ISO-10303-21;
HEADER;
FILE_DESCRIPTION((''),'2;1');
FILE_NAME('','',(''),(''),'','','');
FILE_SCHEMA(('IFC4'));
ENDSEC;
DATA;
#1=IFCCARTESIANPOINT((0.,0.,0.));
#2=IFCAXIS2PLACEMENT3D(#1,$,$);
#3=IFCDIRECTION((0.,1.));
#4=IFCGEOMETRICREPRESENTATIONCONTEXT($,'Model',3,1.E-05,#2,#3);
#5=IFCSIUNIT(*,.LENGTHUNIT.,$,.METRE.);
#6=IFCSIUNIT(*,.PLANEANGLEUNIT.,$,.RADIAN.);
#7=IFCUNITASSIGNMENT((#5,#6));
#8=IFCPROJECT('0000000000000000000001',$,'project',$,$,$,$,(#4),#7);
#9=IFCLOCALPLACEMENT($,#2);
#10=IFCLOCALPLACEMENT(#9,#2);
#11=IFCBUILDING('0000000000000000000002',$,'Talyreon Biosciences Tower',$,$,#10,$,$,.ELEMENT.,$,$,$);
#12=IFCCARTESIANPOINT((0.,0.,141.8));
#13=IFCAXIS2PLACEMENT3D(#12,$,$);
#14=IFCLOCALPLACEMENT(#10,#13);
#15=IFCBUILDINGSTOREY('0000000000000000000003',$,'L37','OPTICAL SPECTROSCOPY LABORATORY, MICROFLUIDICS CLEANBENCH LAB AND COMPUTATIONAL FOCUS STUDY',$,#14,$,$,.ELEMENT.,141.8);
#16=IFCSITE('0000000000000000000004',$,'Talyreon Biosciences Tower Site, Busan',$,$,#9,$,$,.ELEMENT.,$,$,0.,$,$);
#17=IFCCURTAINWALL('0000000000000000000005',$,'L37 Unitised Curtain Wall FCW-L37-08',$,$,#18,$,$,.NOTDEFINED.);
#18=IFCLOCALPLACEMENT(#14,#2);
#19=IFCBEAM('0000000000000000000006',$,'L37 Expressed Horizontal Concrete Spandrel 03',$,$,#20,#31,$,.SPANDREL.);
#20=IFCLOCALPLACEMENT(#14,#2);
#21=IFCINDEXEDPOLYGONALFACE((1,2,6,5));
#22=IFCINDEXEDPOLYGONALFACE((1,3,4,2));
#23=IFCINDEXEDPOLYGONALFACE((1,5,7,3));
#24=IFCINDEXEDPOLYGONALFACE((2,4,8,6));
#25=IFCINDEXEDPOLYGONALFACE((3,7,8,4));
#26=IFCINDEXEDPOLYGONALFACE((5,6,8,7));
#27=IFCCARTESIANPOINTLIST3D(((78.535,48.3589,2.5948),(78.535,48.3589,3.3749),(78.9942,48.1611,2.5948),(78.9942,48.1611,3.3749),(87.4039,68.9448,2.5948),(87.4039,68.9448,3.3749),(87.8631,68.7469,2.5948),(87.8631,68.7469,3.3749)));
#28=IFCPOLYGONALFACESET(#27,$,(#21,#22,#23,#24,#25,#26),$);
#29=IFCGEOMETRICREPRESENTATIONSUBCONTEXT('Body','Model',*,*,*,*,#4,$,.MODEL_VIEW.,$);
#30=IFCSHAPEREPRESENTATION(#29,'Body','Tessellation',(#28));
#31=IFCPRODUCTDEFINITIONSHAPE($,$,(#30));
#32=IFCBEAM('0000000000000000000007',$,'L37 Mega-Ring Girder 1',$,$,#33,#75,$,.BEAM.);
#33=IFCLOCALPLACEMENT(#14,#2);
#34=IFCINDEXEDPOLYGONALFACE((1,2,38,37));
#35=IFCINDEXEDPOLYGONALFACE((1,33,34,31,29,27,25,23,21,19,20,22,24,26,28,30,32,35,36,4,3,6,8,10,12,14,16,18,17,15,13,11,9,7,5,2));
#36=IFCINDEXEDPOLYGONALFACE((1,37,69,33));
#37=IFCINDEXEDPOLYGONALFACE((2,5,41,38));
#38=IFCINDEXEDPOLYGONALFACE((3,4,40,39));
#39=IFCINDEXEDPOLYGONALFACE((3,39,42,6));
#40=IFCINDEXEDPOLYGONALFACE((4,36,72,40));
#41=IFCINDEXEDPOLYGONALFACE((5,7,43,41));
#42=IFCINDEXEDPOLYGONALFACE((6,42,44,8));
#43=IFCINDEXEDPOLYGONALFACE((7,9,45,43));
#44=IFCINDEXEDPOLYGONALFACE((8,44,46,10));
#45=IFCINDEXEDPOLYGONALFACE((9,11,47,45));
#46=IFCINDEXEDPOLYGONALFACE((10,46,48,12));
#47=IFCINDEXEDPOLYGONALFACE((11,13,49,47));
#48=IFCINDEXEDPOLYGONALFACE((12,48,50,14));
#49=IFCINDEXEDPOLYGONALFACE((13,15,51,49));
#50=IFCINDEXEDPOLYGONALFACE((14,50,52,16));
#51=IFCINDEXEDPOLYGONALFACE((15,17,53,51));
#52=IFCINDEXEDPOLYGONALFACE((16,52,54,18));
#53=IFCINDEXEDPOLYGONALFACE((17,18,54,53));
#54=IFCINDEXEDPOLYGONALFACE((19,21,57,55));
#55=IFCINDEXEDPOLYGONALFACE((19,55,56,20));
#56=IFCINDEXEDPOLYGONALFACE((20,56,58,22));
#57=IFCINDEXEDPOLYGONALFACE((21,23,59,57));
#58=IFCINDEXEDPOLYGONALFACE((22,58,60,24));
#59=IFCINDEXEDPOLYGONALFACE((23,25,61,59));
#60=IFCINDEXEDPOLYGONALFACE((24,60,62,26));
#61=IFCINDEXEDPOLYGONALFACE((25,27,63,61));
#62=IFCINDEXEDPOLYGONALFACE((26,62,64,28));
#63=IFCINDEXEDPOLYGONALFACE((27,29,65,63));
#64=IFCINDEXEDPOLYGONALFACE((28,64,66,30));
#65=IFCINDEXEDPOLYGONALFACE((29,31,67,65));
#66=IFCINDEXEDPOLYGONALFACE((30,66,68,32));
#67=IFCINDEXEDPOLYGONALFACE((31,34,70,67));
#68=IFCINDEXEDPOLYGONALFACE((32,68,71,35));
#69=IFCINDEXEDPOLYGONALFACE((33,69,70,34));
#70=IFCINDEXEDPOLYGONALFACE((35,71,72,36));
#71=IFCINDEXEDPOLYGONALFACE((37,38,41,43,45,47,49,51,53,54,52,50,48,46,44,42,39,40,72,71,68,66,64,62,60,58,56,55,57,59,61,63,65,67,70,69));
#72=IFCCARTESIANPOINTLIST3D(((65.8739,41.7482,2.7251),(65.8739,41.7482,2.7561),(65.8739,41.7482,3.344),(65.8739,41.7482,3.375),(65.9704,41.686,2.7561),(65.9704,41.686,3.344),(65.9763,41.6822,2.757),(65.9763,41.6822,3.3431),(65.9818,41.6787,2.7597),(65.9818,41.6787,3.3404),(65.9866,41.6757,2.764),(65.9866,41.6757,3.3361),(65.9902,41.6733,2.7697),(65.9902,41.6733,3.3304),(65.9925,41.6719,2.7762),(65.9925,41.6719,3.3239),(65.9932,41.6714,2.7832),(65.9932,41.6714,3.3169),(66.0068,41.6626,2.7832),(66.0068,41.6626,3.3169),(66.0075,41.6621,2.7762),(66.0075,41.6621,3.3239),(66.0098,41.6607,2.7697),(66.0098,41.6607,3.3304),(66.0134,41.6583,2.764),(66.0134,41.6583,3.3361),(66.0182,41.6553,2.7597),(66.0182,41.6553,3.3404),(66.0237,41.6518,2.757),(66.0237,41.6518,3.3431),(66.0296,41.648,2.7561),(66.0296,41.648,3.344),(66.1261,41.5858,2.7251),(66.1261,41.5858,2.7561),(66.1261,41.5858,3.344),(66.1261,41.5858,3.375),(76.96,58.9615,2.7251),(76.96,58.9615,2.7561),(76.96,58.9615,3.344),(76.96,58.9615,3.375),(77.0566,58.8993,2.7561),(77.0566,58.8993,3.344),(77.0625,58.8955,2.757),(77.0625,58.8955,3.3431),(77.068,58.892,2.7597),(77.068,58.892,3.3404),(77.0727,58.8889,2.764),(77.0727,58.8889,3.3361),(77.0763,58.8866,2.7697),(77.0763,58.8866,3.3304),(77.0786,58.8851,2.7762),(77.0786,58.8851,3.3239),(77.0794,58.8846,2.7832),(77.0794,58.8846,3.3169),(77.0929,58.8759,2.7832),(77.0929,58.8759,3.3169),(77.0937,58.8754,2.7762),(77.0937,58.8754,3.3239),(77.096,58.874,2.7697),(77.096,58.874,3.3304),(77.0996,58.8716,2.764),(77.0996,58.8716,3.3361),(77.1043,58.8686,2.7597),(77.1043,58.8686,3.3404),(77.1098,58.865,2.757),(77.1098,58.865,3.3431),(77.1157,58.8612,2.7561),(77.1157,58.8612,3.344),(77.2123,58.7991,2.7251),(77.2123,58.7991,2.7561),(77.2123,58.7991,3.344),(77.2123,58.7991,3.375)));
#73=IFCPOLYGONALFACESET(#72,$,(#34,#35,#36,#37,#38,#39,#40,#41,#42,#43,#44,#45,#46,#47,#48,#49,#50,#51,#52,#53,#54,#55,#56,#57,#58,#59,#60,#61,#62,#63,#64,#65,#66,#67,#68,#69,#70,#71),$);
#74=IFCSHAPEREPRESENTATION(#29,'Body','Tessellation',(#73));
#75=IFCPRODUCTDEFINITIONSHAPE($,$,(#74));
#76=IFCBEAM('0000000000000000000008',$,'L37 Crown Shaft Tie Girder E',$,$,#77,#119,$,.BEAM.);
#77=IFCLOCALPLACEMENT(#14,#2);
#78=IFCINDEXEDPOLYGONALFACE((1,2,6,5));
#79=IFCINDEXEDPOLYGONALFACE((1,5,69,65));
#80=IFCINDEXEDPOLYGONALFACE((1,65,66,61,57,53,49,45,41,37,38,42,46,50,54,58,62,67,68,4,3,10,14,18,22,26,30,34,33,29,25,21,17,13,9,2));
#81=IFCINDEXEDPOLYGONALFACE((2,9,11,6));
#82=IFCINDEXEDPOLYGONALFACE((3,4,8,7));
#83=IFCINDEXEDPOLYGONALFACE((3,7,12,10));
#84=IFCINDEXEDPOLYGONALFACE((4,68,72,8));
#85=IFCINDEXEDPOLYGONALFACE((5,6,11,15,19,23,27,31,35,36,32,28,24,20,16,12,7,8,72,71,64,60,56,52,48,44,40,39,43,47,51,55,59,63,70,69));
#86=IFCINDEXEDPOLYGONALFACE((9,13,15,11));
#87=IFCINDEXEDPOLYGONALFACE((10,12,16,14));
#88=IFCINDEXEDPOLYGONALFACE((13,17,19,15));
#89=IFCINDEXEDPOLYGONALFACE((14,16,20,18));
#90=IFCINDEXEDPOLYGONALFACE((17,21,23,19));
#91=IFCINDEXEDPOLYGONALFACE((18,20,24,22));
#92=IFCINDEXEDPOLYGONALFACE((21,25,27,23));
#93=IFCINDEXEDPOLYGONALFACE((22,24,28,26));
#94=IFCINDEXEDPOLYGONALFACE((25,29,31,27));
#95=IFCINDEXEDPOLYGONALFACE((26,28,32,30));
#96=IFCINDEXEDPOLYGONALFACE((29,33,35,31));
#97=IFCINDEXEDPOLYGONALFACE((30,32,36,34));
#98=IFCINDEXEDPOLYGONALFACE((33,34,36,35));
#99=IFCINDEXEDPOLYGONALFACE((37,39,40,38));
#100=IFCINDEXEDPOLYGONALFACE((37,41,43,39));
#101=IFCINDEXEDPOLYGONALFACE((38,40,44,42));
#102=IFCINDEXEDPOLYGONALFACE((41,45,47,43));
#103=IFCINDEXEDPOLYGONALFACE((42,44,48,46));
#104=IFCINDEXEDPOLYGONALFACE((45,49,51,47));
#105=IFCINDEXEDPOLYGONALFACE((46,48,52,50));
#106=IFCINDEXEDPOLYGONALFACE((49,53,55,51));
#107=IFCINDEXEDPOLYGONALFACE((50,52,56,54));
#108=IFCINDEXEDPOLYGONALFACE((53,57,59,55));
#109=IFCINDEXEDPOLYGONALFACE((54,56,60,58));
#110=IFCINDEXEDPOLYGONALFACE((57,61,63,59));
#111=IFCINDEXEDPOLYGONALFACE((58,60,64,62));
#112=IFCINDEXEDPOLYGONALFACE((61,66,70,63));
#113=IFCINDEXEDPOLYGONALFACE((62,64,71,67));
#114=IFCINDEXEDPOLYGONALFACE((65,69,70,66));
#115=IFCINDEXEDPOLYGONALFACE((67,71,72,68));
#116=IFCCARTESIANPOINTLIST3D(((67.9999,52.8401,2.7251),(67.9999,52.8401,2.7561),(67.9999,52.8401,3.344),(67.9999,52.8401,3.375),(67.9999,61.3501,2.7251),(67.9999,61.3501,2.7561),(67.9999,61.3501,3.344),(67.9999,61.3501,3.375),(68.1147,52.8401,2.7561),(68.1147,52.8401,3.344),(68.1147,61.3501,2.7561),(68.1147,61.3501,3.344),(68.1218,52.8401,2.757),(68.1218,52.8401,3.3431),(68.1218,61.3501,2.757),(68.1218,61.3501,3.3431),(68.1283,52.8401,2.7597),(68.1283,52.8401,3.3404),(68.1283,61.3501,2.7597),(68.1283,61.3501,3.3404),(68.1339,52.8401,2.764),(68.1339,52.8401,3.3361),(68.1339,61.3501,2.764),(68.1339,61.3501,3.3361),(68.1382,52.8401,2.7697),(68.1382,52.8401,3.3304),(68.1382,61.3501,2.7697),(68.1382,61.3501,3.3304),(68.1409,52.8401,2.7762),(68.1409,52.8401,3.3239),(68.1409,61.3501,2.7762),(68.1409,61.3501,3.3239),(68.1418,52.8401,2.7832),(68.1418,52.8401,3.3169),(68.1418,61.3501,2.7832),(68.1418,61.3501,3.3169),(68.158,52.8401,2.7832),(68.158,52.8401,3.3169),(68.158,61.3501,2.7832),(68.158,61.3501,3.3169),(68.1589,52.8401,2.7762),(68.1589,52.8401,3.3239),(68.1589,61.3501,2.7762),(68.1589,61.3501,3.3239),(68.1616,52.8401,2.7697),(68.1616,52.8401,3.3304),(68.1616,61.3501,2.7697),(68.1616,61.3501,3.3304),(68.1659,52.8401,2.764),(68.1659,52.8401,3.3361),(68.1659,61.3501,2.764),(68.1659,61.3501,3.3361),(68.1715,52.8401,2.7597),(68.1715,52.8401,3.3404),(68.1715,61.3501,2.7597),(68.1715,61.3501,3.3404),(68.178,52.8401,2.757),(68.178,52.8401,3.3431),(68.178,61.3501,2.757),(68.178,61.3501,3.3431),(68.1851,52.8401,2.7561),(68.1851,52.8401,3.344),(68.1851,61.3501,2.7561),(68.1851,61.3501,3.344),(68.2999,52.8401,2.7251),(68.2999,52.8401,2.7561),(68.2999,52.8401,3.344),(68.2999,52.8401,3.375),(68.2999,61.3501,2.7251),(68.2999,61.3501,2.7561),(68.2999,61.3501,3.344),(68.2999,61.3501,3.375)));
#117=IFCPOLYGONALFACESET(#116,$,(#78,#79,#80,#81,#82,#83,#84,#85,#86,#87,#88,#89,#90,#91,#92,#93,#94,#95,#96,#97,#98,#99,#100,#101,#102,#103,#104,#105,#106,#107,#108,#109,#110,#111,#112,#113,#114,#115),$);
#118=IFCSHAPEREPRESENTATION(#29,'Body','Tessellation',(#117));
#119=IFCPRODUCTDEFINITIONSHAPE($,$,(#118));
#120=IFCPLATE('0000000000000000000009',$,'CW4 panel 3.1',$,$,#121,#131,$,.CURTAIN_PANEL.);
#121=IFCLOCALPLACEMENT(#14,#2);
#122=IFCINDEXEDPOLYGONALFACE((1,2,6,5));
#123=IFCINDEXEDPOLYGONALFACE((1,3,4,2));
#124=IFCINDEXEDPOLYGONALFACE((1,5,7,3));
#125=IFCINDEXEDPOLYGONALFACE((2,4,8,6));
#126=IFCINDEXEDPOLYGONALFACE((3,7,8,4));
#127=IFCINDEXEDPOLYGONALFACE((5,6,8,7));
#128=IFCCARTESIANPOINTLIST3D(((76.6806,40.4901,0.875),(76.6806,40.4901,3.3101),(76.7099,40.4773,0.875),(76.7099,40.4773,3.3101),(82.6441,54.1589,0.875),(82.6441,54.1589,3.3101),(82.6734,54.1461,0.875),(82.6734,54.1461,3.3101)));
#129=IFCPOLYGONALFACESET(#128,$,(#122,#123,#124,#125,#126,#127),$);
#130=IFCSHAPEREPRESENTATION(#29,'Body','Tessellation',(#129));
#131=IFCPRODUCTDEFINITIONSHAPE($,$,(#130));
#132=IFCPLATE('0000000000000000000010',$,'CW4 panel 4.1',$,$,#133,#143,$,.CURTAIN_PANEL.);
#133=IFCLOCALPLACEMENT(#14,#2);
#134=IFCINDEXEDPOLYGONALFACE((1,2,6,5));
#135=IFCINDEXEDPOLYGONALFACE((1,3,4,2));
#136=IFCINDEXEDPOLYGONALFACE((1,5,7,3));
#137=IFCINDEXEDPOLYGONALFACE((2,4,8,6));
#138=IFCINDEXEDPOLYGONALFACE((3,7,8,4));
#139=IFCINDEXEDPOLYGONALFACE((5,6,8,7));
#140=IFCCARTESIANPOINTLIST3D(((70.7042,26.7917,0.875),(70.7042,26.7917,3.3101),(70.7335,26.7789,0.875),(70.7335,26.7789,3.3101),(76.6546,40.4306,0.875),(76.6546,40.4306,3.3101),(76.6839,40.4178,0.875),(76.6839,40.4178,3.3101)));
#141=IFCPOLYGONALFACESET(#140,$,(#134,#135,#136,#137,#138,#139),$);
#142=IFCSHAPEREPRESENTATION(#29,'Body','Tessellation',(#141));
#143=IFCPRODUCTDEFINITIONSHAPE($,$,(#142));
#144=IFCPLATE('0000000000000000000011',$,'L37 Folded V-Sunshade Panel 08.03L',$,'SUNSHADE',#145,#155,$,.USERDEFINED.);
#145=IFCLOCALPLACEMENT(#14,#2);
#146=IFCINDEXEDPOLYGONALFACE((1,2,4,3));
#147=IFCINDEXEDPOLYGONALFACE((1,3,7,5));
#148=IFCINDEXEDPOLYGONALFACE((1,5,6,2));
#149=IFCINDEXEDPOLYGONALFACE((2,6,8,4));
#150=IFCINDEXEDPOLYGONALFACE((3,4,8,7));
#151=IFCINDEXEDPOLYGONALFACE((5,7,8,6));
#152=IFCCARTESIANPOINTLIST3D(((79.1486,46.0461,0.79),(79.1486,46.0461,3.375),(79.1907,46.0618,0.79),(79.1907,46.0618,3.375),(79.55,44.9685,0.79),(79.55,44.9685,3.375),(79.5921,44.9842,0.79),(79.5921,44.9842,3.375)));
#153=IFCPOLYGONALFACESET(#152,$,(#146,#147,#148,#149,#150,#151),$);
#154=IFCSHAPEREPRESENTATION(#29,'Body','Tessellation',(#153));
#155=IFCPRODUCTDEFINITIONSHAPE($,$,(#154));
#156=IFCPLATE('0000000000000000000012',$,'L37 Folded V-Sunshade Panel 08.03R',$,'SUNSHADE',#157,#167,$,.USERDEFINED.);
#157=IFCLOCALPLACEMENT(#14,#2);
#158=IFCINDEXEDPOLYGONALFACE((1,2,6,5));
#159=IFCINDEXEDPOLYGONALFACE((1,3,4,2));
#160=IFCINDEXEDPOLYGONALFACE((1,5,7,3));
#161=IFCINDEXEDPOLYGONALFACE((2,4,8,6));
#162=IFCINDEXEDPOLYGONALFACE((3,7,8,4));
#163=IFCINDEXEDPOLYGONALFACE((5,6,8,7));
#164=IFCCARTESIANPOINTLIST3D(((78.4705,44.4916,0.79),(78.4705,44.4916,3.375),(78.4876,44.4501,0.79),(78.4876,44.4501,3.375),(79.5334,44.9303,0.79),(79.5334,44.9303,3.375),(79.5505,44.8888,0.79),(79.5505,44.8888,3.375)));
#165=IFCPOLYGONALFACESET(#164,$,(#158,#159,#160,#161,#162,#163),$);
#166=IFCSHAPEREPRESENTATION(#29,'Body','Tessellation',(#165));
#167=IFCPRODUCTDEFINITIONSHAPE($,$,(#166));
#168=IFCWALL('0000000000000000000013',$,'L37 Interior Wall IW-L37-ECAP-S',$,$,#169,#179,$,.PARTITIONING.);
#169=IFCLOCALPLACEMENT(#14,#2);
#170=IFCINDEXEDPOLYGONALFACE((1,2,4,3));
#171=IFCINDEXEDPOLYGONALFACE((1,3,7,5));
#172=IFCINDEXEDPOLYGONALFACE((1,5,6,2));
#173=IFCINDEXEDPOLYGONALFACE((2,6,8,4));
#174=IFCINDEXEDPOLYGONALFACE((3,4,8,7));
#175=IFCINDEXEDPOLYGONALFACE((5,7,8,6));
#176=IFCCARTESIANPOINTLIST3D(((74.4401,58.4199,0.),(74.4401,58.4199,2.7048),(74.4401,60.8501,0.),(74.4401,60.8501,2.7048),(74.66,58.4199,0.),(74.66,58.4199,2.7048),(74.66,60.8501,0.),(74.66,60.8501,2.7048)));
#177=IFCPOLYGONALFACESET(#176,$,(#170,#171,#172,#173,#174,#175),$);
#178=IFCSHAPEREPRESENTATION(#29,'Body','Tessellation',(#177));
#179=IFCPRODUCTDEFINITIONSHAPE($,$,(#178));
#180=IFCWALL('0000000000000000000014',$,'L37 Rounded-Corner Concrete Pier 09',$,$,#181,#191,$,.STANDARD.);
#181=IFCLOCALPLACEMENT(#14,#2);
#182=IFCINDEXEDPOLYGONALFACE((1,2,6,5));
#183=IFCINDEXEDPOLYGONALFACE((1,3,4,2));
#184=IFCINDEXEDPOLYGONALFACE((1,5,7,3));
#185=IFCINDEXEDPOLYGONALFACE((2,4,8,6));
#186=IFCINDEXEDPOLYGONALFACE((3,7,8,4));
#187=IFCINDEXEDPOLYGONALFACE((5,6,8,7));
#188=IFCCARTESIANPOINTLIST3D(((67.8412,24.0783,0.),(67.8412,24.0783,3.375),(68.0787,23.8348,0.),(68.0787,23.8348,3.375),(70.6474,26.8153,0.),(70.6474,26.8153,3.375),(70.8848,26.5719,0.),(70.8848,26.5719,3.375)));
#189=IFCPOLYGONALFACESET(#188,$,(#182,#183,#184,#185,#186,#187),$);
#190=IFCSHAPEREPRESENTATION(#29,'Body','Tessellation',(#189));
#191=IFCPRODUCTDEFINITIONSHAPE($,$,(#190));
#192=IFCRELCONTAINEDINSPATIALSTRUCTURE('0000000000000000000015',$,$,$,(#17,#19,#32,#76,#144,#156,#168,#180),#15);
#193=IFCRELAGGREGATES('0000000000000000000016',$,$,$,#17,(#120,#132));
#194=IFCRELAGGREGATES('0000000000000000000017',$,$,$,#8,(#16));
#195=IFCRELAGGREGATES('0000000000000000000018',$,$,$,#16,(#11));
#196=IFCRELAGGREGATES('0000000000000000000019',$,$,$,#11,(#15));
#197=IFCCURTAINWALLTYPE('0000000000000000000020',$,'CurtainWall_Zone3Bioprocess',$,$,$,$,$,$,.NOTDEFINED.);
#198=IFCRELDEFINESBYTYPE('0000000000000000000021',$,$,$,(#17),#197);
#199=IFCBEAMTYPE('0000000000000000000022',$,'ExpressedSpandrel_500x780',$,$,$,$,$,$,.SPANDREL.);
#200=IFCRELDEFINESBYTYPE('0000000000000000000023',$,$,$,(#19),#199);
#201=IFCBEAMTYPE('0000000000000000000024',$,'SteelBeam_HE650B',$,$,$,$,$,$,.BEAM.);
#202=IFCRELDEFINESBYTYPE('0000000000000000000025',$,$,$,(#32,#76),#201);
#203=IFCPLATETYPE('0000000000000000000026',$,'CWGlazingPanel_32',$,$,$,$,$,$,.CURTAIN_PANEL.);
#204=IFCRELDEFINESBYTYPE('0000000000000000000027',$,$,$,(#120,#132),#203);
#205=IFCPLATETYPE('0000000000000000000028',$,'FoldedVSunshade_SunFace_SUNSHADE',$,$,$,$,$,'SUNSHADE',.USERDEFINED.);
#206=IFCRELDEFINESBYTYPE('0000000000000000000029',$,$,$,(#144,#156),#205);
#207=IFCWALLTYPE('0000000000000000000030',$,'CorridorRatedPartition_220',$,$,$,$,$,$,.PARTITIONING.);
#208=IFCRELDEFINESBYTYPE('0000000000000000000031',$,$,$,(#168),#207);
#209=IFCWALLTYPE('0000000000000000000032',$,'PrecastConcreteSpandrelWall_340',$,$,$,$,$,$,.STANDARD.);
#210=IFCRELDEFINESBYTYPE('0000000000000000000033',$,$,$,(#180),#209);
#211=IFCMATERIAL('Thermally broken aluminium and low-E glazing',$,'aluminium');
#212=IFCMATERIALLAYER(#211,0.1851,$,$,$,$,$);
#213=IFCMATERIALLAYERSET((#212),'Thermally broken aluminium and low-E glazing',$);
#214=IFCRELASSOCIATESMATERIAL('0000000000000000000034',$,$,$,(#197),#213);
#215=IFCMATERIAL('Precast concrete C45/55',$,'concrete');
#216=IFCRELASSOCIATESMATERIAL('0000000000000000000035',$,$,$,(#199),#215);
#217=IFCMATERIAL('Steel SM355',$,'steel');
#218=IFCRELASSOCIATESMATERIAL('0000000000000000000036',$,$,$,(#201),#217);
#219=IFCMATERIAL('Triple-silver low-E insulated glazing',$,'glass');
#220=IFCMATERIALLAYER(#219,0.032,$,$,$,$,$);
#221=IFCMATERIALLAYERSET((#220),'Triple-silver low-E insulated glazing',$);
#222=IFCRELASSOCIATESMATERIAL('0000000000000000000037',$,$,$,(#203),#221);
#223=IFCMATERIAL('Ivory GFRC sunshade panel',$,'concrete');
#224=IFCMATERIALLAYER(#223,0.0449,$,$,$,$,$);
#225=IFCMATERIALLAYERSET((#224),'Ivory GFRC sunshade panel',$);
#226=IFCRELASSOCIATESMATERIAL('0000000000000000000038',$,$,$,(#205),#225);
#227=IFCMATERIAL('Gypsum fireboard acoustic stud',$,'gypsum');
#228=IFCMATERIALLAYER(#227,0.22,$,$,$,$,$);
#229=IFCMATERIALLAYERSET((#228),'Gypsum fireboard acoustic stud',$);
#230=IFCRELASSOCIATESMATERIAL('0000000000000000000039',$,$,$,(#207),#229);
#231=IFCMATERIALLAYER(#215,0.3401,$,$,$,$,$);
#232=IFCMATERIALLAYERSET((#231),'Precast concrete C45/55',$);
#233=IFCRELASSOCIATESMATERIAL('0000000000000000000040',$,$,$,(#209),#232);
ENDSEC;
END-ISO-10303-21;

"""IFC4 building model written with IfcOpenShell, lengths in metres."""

from ifc_helpers import new_model, si_unit, direction, frame, frame_2d, origin, origin_2d, place, context, subcontext, project, spatial, rectangle, i_section, extrude, material, layer, layer_set, material_profile, profile_set, type_object, element, aggregate, save


model = new_model("IFC4")

# Units and contexts
model_context = context("Model", 3, precision=1e-05, world=origin(), true_north=direction((0.0, 1.0)))
body_context = subcontext(model_context, "Body", "Model", "MODEL_VIEW")
ifc_project = project(units=[si_unit("LENGTHUNIT", "METRE"), si_unit("PLANEANGLEUNIT", "RADIAN")], contexts=[model_context])

# Site, building, storey
site_placement = place(None, origin())
site = spatial("IfcSite", under=ifc_project, at=site_placement, Name="Talyreon Biosciences Tower Site, Busan", CompositionType="ELEMENT", RefElevation=0.0)
building_placement = place(site_placement, origin())
building = spatial("IfcBuilding", under=site, at=building_placement, Name="Talyreon Biosciences Tower", CompositionType="ELEMENT")
storey_placement = place(building_placement, frame((0.0, 0.0, 141.8)))
storey = spatial("IfcBuildingStorey", under=building, at=storey_placement, Name="L37", Description="OPTICAL SPECTROSCOPY LABORATORY, MICROFLUIDICS CLEANBENCH LAB AND COMPUTATIONAL FOCUS STUDY", CompositionType="ELEMENT", Elevation=141.8)

# Shared definitions
ifc_material_1 = material(Name="Precast concrete C45/55", Category="concrete")

# Curtain wall
ifc_material_2 = material(Name="Thermally broken aluminium and low-E glazing", Category="aluminium")
ifc_layer_1 = layer(ifc_material_2, 0.1851)
ifc_layer_set_1 = layer_set([ifc_layer_1], Name="Thermally broken aluminium and low-E glazing")
curtain_wall_type = type_object("IfcCurtainWallType", Name="CurtainWall_Zone3Bioprocess", PredefinedType="NOTDEFINED", material=ifc_layer_set_1)
curtain_wall_placement = place(storey_placement, origin())
curtain_wall = element("IfcCurtainWall", 1, at=curtain_wall_placement, inside=storey, type_object=curtain_wall_type, Name="L37 Unitised Curtain Wall FCW-L37-08", PredefinedType="NOTDEFINED")

# Beams
ifc_material_profile_1 = material_profile(ifc_material_1, rectangle(XDim=0.5, YDim=0.78, at=origin_2d()), Name="RCB 500x780")
ifc_profile_set_1 = profile_set([ifc_material_profile_1], Name="Precast concrete C45/55")
beam_type_1 = type_object("IfcBeamType", Name="ExpressedSpandrel_500x780", PredefinedType="SPANDREL", material=ifc_profile_set_1)
beam_1_placement = place(storey_placement, frame((78.7646, 48.26, 2.9849), z_axis=(0.395666, 0.918395, 0.0), x_axis=(-0.918395, 0.395666, 0.0)))
element("IfcBeam", 2, at=beam_1_placement, inside=storey, type_object=beam_type_1, Name="L37 Expressed Horizontal Concrete Spandrel 03", PredefinedType="SPANDREL", context=body_context, shape_type="SweptSolid", body=[
    extrude(rectangle(XDim=0.5, YDim=0.78, at=origin_2d()), origin(), (0.0, 0.0, 1.0), 22.415),
])
ifc_material_3 = material(Name="Steel SM355", Category="steel")
ifc_material_profile_2 = material_profile(ifc_material_3, i_section(OverallWidth=0.3, OverallDepth=0.6499, WebThickness=0.0161, FlangeThickness=0.031, FilletRadius=0.0271, at=origin_2d()), Name="HE650B")
ifc_profile_set_2 = profile_set([ifc_material_profile_2], Name="Steel SM355")
beam_type_2 = type_object("IfcBeamType", Name="SteelBeam_HE650B", PredefinedType="BEAM", material=ifc_profile_set_2)
beam_2_placement = place(storey_placement, frame((66.0, 41.667, 3.05), z_axis=(0.541464, 0.840724, 0.0), x_axis=(-0.840724, 0.541464, 0.0)))
element("IfcBeam", 3, at=beam_2_placement, inside=storey, type_object=beam_type_2, Name="L37 Mega-Ring Girder 1", PredefinedType="BEAM", context=body_context, shape_type="SweptSolid", body=[
    extrude(i_section(OverallWidth=0.3, OverallDepth=0.6499, WebThickness=0.0161, FlangeThickness=0.031, FilletRadius=0.0271, at=origin_2d()), origin(), (0.0, 0.0, 1.0), 20.4744),
])
beam_3_placement = place(storey_placement, frame((68.1499, 52.8401, 3.05), z_axis=(0.0, 1.0, 0.0), x_axis=(-1.0, 0.0, 0.0)))
element("IfcBeam", 4, at=beam_3_placement, inside=storey, type_object=beam_type_2, Name="L37 Crown Shaft Tie Girder E", PredefinedType="BEAM", context=body_context, shape_type="SweptSolid", body=[
    extrude(i_section(OverallWidth=0.3, OverallDepth=0.6499, WebThickness=0.0161, FlangeThickness=0.031, FilletRadius=0.0271, at=origin_2d()), origin(), (0.0, 0.0, 1.0), 8.51),
])

# Plates
ifc_material_4 = material(Name="Triple-silver low-E insulated glazing", Category="glass")
ifc_layer_2 = layer(ifc_material_4, 0.032)
ifc_layer_set_2 = layer_set([ifc_layer_2], Name="Triple-silver low-E insulated glazing")
plate_type_1 = type_object("IfcPlateType", Name="CWGlazingPanel_32", PredefinedType="CURTAIN_PANEL", material=ifc_layer_set_2)
plate_1_placement = place(storey_placement, frame((79.677, 47.3181, 0.875), z_axis=(0.0, 0.0, 1.0), x_axis=(-0.399882, -0.916566, 0.0)))
plate_1 = element("IfcPlate", 5, at=plate_1_placement, type_object=plate_type_1, Name="CW4 panel 3.1", PredefinedType="CURTAIN_PANEL", context=body_context, shape_type="SweptSolid", body=[
    extrude(rectangle(XDim=14.9131, YDim=0.032, at=origin_2d()), origin(), (0.0, 0.0, 1.0), 2.4351),
])
plate_2_placement = place(storey_placement, frame((73.6941, 33.6047, 0.875), z_axis=(0.0, 0.0, 1.0), x_axis=(-0.399882, -0.916566, 0.0)))
plate_2 = element("IfcPlate", 6, at=plate_2_placement, type_object=plate_type_1, Name="CW4 panel 4.1", PredefinedType="CURTAIN_PANEL", context=body_context, shape_type="SweptSolid", body=[
    extrude(rectangle(XDim=14.8804, YDim=0.032, at=origin_2d()), origin(), (0.0, 0.0, 1.0), 2.4351),
])
aggregate(curtain_wall, [plate_1, plate_2])

# Plates
ifc_material_5 = material(Name="Ivory GFRC sunshade panel", Category="concrete")
ifc_layer_3 = layer(ifc_material_5, 0.0449)
ifc_layer_set_3 = layer_set([ifc_layer_3], Name="Ivory GFRC sunshade panel")
plate_type_2 = type_object("IfcPlateType", Name="FoldedVSunshade_SunFace_SUNSHADE", ElementType="SUNSHADE", PredefinedType="USERDEFINED", material=ifc_layer_set_3)
for number, where, z_axis, x_axis, name in (
    (7, (79.3704, 45.5151, 0.79), (0.0, 0.0, 1.0), (0.349046, -0.937105, 0.0), "L37 Folded V-Sunshade Panel 08.03L"),
    (8, (79.0105, 44.6902, 0.79), (0.0, 0.0, 1.0), (-0.924353, -0.381538, 0.0), "L37 Folded V-Sunshade Panel 08.03R"),
):
    element("IfcPlate", number, at=place(storey_placement, frame(where, z_axis=z_axis, x_axis=x_axis)), inside=storey, type_object=plate_type_2, Name=name, ObjectType="SUNSHADE", PredefinedType="USERDEFINED", context=body_context, shape_type="SweptSolid", body=[
        extrude(rectangle(XDim=1.1499, YDim=0.0449, at=origin_2d()), origin(), (0.0, 0.0, 1.0), 2.585),
    ])

# Walls
ifc_material_6 = material(Name="Gypsum fireboard acoustic stud", Category="gypsum")
ifc_layer_4 = layer(ifc_material_6, 0.22)
ifc_layer_set_4 = layer_set([ifc_layer_4], Name="Gypsum fireboard acoustic stud")
wall_type_1 = type_object("IfcWallType", Name="CorridorRatedPartition_220", PredefinedType="PARTITIONING", material=ifc_layer_set_4)
wall_placement = place(storey_placement, frame((74.55, 58.4199, 0.0), z_axis=(0.0, 0.0, 1.0), x_axis=(0.0, 1.0, 0.0)))
element("IfcWall", 9, at=wall_placement, inside=storey, type_object=wall_type_1, Name="L37 Interior Wall IW-L37-ECAP-S", PredefinedType="PARTITIONING", context=body_context, shape_type="SweptSolid", body=[
    extrude(rectangle(XDim=2.4302, YDim=0.22, at=frame_2d((1.2151, 0.0))), origin(), (0.0, 0.0, 1.0), 2.7048),
])
ifc_layer_5 = layer(ifc_material_1, 0.3401)
ifc_layer_set_5 = layer_set([ifc_layer_5], Name="Precast concrete C45/55")
wall_type_2 = type_object("IfcWallType", Name="PrecastConcreteSpandrelWall_340", PredefinedType="STANDARD", material=ifc_layer_set_5)
for number, where, z_axis, x_axis, name in (
    (10, (70.7661, 26.6936, 0.0), (0.0, 0.0, 1.0), (-0.715865, -0.698239, 0.0), "L37 Rounded-Corner Concrete Pier 09"),
):
    element("IfcWall", number, at=place(storey_placement, frame(where, z_axis=z_axis, x_axis=x_axis)), inside=storey, type_object=wall_type_2, Name=name, PredefinedType="STANDARD", context=body_context, shape_type="SweptSolid", body=[
        extrude(rectangle(XDim=3.9199, YDim=0.3401, at=frame_2d((1.96, 0.0))), origin(), (0.0, 0.0, 1.0), 3.375),
    ])

save(model, "model.ifc")
